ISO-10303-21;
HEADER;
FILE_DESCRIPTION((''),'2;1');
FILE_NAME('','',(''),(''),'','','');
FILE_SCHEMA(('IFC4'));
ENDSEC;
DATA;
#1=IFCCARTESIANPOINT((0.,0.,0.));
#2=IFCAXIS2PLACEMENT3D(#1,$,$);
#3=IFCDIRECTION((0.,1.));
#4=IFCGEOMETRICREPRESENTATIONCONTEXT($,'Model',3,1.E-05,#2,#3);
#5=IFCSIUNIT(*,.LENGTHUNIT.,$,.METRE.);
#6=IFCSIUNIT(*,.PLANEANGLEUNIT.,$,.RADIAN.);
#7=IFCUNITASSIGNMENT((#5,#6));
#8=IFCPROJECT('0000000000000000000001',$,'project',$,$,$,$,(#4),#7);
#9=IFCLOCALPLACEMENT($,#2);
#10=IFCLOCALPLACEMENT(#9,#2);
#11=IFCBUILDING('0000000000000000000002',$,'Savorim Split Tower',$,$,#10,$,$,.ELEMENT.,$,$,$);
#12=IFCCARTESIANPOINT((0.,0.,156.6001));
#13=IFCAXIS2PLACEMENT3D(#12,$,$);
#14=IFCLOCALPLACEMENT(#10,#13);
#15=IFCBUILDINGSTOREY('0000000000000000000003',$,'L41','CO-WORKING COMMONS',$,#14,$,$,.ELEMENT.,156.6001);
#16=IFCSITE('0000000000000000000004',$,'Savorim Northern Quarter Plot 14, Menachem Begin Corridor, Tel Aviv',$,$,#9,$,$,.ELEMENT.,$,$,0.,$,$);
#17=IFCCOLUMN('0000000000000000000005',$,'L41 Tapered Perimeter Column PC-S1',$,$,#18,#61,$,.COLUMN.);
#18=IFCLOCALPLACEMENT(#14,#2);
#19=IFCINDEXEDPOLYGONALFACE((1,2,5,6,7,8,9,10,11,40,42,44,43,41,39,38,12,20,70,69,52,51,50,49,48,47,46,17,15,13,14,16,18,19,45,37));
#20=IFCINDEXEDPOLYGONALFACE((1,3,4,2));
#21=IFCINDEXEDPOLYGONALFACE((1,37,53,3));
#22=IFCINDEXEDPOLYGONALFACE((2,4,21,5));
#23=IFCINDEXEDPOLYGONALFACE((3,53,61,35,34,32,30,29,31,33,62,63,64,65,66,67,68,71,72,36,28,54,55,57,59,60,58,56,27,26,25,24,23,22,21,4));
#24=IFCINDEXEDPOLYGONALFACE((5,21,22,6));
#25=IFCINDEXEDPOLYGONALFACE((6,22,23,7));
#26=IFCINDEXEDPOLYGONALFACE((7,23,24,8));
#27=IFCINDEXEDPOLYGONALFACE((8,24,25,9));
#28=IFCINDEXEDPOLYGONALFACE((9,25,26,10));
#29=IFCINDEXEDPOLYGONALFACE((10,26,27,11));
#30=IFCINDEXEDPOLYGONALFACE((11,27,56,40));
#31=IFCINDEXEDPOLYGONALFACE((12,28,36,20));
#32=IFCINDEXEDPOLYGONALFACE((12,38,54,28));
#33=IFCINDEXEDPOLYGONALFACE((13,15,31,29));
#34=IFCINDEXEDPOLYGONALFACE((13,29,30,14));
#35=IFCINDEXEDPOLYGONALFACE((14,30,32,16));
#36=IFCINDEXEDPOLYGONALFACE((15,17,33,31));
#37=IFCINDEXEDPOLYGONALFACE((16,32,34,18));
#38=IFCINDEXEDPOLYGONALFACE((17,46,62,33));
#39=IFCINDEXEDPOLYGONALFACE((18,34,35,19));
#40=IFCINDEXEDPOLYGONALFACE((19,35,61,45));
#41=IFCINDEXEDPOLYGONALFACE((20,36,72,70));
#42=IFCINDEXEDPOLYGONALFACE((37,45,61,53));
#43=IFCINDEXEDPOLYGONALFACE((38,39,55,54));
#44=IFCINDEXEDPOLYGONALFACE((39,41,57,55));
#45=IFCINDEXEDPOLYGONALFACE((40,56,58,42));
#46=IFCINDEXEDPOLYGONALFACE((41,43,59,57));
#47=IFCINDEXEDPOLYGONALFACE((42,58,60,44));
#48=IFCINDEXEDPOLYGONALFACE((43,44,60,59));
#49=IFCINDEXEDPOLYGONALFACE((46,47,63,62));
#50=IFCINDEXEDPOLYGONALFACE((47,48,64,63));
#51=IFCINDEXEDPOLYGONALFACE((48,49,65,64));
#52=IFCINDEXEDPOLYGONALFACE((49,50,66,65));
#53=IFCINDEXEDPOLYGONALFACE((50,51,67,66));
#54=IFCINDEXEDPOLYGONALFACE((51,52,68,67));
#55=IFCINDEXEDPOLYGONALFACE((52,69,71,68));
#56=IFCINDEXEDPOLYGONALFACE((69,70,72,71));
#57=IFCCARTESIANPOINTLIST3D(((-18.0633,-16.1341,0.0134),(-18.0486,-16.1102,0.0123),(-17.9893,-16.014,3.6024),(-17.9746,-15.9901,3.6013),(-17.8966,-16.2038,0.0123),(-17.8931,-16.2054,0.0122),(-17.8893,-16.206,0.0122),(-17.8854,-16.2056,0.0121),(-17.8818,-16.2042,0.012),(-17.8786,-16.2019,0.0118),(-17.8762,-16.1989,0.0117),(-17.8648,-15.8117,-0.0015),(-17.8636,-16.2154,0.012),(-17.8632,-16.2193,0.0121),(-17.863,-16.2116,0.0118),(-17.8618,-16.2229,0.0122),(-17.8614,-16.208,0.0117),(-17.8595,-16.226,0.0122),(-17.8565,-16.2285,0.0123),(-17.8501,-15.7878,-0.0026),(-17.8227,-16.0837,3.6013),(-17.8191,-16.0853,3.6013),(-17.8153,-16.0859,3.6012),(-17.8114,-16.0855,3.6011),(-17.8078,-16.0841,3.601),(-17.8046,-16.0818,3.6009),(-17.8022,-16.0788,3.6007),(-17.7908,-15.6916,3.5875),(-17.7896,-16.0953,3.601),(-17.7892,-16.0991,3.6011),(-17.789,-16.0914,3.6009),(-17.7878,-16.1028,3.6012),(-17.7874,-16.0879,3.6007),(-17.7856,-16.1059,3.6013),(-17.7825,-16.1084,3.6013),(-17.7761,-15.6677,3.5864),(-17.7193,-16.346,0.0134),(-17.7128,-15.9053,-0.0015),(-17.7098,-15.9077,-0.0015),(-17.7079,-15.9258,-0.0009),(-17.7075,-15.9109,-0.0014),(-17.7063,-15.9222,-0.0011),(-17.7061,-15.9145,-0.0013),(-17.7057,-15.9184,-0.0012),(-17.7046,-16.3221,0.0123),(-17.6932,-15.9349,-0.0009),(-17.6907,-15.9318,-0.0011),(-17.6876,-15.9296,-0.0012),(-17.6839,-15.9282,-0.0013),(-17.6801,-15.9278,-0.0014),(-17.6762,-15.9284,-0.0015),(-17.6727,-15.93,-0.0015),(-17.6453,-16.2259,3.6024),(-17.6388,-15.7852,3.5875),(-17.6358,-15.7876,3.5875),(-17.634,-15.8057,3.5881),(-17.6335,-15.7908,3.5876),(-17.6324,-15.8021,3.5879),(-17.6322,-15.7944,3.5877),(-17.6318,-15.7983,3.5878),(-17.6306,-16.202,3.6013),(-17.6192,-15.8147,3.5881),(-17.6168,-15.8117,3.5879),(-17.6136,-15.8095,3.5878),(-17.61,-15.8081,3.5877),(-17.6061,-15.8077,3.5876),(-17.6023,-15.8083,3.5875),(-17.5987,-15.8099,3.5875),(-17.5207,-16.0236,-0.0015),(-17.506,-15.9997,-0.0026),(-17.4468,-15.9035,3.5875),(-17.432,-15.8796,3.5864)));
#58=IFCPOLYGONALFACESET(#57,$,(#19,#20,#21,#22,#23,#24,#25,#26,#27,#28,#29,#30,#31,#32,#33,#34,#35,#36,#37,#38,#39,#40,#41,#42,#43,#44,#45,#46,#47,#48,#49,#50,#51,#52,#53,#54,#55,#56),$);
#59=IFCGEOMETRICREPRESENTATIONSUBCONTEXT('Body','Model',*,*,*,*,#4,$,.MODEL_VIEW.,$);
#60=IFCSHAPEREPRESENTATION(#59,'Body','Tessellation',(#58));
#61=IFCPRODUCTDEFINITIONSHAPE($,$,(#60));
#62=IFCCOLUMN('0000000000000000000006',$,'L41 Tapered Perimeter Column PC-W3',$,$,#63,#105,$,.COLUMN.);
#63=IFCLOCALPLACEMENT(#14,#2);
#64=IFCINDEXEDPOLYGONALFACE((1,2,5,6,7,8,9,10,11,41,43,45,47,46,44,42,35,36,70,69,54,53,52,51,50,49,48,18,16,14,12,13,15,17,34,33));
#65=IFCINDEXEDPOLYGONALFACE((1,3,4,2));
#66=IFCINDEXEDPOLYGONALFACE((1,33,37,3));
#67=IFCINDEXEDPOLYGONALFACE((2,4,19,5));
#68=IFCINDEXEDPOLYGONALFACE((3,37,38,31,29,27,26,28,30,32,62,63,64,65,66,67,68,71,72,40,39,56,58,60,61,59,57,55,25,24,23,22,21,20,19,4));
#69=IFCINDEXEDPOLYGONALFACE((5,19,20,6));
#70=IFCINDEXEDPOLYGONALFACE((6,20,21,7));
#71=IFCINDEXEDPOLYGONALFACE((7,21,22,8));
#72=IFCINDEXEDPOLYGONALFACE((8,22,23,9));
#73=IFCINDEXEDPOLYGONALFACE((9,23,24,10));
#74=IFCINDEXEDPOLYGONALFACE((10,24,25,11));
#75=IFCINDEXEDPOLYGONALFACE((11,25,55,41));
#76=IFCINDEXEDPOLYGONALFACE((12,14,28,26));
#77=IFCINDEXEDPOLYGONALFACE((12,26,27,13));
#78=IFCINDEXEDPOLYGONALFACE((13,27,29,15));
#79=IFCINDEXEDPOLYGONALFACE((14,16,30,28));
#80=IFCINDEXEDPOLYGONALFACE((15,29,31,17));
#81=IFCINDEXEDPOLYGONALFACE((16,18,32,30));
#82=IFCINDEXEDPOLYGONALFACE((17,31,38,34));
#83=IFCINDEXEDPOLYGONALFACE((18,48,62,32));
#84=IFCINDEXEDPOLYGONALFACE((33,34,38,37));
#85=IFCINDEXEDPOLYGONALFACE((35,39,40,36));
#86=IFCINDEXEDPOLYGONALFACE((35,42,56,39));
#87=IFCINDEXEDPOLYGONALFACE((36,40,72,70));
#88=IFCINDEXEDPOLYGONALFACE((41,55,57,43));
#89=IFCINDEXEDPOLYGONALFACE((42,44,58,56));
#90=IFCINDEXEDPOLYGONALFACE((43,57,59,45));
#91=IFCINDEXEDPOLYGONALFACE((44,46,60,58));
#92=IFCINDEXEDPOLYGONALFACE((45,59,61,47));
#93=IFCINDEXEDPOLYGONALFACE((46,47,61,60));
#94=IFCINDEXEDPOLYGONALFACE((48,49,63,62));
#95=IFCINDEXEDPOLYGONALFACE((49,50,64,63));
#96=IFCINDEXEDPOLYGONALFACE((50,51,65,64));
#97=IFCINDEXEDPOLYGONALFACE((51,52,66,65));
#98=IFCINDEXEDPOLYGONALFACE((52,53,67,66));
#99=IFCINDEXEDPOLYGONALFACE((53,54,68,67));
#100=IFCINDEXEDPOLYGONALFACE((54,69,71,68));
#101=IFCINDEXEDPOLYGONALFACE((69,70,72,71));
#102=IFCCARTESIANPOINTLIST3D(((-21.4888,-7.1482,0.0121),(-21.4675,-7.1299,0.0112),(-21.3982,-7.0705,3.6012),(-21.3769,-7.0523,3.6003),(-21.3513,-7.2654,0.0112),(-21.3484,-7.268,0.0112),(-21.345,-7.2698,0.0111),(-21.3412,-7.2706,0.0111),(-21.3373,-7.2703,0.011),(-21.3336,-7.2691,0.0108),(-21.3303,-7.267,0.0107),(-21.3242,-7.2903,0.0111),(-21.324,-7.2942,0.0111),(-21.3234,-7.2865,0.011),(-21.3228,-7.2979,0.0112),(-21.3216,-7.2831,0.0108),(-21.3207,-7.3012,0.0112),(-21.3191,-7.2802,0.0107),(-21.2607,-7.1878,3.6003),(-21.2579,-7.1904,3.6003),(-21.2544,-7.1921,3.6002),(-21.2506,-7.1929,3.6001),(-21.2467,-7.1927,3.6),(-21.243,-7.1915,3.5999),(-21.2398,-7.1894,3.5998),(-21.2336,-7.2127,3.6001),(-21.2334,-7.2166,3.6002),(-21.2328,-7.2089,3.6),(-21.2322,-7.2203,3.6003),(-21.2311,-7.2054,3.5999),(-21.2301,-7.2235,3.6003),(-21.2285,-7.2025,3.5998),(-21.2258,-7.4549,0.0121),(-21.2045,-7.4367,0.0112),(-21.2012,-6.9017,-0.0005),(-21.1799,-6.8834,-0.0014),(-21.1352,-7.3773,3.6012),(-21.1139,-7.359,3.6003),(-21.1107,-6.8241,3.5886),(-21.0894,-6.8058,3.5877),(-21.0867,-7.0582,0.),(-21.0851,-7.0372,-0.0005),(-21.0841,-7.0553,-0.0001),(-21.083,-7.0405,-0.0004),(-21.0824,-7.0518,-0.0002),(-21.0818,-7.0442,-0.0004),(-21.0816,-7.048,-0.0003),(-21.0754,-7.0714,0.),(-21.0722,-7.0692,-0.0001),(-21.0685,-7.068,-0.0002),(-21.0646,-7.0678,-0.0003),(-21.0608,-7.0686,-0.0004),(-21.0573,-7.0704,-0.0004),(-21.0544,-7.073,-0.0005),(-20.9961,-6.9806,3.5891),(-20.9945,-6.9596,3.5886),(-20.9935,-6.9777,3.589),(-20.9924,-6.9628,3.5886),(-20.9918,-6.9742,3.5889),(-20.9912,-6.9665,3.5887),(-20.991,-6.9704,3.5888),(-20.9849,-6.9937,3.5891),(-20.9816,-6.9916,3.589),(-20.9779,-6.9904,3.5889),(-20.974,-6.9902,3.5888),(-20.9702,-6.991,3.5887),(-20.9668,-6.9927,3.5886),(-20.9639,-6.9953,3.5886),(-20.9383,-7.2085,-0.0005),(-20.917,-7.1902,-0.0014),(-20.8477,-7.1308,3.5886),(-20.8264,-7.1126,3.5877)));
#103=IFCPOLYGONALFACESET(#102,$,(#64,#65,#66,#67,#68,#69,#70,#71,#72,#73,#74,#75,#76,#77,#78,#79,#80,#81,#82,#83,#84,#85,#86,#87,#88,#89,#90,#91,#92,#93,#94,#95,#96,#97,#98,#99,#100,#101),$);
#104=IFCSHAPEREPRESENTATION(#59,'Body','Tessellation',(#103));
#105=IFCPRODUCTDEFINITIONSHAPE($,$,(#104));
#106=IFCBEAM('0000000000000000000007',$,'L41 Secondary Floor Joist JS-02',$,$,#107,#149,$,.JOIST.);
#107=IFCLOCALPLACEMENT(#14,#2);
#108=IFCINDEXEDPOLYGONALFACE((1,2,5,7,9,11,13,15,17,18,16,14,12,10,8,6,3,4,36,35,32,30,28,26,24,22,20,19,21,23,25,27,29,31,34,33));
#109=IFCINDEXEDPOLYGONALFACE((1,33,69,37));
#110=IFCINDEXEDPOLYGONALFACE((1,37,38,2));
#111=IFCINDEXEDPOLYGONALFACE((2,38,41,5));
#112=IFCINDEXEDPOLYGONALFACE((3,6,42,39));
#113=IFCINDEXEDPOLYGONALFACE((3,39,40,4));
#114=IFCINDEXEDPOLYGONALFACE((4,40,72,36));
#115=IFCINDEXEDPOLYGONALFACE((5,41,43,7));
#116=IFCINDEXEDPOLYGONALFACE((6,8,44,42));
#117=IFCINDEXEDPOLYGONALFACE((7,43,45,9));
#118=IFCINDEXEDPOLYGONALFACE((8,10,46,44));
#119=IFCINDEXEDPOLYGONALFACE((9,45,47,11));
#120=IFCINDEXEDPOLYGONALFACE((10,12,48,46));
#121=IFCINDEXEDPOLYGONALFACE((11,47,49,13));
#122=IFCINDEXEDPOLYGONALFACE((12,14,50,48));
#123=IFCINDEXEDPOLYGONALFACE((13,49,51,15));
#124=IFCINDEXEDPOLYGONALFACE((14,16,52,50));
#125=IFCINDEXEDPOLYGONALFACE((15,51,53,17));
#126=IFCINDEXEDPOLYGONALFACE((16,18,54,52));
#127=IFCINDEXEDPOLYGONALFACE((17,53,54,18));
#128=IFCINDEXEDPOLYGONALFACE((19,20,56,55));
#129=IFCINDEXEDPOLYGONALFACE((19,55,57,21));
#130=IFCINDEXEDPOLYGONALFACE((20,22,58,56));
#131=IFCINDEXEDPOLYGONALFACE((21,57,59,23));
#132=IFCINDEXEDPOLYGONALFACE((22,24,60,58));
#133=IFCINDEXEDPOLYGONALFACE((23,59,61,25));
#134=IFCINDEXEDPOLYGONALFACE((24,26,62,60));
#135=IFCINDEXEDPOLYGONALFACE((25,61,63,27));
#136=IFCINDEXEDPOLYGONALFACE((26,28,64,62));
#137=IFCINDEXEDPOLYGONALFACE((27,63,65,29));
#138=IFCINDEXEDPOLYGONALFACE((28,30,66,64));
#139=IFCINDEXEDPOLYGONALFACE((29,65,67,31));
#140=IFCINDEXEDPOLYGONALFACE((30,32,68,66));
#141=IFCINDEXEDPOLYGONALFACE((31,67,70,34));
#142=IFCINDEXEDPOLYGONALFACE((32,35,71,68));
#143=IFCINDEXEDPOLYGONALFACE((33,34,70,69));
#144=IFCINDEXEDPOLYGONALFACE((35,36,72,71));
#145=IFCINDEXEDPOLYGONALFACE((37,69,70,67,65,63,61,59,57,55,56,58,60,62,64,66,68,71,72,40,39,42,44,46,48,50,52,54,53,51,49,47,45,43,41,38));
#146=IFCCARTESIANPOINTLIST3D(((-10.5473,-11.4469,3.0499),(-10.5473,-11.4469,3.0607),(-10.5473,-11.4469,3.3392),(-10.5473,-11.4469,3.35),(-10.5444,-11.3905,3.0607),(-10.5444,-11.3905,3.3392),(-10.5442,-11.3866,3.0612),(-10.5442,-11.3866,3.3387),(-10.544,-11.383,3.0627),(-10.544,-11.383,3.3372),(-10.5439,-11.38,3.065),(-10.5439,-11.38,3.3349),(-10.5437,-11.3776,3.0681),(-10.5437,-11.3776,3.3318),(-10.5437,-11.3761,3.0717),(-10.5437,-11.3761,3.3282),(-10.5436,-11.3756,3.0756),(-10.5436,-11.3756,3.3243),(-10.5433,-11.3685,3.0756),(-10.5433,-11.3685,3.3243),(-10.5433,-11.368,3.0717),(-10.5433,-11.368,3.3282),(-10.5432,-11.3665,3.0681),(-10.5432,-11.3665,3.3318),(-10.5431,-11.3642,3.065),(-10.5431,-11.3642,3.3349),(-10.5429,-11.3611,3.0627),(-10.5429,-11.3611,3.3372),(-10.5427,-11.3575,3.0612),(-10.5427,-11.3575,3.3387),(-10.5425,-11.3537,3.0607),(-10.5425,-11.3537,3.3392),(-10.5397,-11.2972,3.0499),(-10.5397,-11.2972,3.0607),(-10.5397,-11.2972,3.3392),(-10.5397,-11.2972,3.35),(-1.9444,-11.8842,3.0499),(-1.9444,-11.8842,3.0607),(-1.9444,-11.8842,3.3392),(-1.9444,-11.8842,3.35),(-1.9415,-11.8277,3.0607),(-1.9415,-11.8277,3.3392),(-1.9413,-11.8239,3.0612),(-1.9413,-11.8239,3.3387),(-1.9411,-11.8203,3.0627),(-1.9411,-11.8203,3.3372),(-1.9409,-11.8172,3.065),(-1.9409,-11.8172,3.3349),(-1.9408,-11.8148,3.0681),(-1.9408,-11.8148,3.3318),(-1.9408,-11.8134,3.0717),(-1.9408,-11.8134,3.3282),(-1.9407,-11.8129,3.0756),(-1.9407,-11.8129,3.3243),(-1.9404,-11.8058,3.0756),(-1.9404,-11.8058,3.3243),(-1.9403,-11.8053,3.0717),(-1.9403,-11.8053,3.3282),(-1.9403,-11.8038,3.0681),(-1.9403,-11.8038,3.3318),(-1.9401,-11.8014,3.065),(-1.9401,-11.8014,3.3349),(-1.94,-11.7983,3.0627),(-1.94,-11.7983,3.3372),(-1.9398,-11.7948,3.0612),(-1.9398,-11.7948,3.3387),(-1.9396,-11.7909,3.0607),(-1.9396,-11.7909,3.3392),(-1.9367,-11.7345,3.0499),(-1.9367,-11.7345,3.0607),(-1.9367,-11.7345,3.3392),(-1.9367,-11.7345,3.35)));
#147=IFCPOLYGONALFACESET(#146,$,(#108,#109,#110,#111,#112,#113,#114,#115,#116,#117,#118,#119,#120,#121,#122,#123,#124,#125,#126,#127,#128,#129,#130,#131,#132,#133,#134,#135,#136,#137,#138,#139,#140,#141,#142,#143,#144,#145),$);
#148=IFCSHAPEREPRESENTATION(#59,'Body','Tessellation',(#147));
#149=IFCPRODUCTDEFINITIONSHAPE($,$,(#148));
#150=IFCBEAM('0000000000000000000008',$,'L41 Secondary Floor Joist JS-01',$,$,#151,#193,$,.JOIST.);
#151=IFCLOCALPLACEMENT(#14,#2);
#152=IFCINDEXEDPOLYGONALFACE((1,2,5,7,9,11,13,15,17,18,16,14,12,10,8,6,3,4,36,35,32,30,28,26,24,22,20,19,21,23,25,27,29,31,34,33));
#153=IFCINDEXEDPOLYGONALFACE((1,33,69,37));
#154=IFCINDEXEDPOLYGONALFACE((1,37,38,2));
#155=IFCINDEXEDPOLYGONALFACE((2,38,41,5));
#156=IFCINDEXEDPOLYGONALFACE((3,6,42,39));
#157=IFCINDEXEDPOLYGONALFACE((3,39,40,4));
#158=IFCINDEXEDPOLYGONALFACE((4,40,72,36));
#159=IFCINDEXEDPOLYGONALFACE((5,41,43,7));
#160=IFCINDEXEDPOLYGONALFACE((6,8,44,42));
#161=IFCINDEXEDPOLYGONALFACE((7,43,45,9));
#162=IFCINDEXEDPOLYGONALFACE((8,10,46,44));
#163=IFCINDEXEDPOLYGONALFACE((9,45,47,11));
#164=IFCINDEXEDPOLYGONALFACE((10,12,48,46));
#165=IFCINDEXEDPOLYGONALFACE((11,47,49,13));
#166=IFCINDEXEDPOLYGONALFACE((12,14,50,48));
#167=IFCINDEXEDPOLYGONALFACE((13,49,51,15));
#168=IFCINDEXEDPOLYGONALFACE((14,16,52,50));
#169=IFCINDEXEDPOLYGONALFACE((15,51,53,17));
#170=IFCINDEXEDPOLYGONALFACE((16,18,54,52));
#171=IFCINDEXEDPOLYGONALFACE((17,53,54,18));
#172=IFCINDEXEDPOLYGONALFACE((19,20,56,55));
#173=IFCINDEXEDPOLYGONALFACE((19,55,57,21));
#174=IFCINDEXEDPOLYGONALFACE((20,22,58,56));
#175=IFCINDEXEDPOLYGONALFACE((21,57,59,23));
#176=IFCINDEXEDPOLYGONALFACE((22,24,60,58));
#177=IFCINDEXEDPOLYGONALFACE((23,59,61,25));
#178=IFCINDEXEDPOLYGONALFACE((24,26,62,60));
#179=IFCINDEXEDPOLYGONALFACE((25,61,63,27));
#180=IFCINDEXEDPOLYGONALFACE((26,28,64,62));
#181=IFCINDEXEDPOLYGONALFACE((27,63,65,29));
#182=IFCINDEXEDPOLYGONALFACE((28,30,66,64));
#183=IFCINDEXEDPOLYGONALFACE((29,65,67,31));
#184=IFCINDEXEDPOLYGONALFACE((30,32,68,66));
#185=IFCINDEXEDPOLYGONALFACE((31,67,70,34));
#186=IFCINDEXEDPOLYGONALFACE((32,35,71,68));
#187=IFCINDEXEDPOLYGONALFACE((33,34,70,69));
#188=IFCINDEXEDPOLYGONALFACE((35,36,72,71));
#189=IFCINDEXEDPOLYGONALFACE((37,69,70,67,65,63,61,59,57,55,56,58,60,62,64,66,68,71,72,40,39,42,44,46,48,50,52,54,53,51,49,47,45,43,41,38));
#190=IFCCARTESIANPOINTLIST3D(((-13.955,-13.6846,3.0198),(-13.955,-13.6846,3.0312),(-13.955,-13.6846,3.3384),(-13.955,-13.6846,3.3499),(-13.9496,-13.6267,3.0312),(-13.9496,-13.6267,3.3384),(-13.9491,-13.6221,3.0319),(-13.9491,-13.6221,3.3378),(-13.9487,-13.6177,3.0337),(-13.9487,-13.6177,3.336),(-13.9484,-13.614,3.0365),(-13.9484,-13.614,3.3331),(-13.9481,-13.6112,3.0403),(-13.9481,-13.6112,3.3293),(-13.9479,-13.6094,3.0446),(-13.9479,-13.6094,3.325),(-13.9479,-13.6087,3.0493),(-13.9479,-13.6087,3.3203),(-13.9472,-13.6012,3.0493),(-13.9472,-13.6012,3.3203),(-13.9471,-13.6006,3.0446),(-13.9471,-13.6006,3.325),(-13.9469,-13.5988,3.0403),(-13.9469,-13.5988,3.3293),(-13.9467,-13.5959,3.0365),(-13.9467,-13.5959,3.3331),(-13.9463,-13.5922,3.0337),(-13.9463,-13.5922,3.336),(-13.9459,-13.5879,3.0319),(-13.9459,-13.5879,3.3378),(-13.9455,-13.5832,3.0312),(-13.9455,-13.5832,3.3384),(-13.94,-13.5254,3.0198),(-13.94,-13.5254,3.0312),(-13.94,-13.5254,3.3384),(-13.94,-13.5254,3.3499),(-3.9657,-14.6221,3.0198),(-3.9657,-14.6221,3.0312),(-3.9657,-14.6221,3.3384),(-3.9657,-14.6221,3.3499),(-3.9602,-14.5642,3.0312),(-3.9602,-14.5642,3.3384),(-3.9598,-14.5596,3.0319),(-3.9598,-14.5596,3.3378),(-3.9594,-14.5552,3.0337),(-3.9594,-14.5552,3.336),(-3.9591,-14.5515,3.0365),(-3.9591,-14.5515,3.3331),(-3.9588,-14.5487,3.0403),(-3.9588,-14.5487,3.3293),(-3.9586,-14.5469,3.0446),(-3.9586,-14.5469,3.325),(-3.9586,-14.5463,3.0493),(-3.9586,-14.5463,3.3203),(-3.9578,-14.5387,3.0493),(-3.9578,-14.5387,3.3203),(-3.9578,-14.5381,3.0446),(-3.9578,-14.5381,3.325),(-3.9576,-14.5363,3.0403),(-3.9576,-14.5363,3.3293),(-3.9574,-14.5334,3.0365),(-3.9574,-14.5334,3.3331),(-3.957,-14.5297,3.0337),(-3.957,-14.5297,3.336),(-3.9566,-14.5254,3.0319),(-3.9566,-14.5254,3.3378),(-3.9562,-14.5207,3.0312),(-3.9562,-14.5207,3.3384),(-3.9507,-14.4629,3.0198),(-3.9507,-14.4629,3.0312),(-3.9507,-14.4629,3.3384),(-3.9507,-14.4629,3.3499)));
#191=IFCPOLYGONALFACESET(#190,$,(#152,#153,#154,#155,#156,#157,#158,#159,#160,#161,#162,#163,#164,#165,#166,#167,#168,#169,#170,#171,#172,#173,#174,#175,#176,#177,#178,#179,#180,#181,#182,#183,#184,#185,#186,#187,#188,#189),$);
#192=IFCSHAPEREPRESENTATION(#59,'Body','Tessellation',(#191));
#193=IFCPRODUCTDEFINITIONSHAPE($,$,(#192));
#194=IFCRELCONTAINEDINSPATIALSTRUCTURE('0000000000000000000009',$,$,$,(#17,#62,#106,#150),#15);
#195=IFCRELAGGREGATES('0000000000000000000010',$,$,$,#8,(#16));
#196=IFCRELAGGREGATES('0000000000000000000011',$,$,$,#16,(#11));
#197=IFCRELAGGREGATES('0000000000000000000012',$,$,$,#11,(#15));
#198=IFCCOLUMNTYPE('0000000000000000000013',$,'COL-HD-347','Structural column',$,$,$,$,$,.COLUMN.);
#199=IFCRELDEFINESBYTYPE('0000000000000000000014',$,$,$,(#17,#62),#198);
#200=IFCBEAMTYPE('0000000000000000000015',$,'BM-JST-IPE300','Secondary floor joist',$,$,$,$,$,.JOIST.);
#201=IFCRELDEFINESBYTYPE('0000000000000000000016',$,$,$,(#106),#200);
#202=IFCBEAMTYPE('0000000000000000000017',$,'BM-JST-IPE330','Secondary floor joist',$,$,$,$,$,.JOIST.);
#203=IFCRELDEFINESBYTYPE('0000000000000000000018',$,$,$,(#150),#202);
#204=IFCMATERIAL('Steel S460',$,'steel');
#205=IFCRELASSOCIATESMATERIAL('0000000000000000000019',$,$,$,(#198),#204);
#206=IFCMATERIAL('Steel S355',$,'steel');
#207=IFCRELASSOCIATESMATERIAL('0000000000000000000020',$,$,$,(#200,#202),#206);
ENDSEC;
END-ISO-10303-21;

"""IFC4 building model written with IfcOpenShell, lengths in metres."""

from ifc_helpers import new_model, si_unit, direction, frame, origin, origin_2d, place, context, subcontext, project, spatial, i_section, extrude, material, material_profile, profile_set, type_object, element, save


model = new_model("IFC4")

# Units and contexts
model_context = context("Model", 3, precision=1e-05, world=origin(), true_north=direction((0.0, 1.0)))
body_context = subcontext(model_context, "Body", "Model", "MODEL_VIEW")
ifc_project = project(units=[si_unit("LENGTHUNIT", "METRE"), si_unit("PLANEANGLEUNIT", "RADIAN")], contexts=[model_context])

# Site, building, storey
site_placement = place(None, origin())
site = spatial("IfcSite", under=ifc_project, at=site_placement, Name="Savorim Northern Quarter Plot 14, Menachem Begin Corridor, Tel Aviv", CompositionType="ELEMENT", RefElevation=0.0)
building_placement = place(site_placement, origin())
building = spatial("IfcBuilding", under=site, at=building_placement, Name="Savorim Split Tower", CompositionType="ELEMENT")
storey_placement = place(building_placement, frame((0.0, 0.0, 156.6001)))
storey = spatial("IfcBuildingStorey", under=building, at=storey_placement, Name="L41", Description="CO-WORKING COMMONS", CompositionType="ELEMENT", Elevation=156.6001)

# Columns
ifc_material_1 = material(Name="Steel S460", Category="steel")
ifc_material_profile_1 = material_profile(ifc_material_1, i_section(OverallWidth=0.4041, OverallDepth=0.407, WebThickness=0.0173, FlangeThickness=0.0281, FilletRadius=0.0149, at=origin_2d()), Name="HD 400x347")
ifc_profile_set_1 = profile_set([ifc_material_profile_1], Name="Steel S460")
column_type = type_object("IfcColumnType", Name="COL-HD-347", Description="Structural column", PredefinedType="COLUMN", material=ifc_profile_set_1)
column_1_placement = place(storey_placement, frame((-17.7847, -16.0669, 0.0054), z_axis=(0.020595, 0.033441, 0.999228), x_axis=(-0.85148, 0.524387, 0.0)))
element("IfcColumn", 1, at=column_1_placement, inside=storey, type_object=column_type, Name="L41 Tapered Perimeter Column PC-S1", PredefinedType="COLUMN", context=body_context, shape_type="SweptSolid", body=[
    extrude(i_section(OverallWidth=0.4041, OverallDepth=0.407, WebThickness=0.0173, FlangeThickness=0.0281, FilletRadius=0.0149, at=origin_2d()), origin(), (0.0, 0.0, 1.0), 3.5918),
])
column_2_placement = place(storey_placement, frame((-21.2029, -7.1692, 0.0054), z_axis=(0.025222, 0.021619, 0.999448), x_axis=(-0.650791, 0.759257, 0.0)))
element("IfcColumn", 2, at=column_2_placement, inside=storey, type_object=column_type, Name="L41 Tapered Perimeter Column PC-W3", PredefinedType="COLUMN", context=body_context, shape_type="SweptSolid", body=[
    extrude(i_section(OverallWidth=0.4041, OverallDepth=0.407, WebThickness=0.0173, FlangeThickness=0.0281, FilletRadius=0.0149, at=origin_2d()), origin(), (0.0, 0.0, 1.0), 3.5911),
])

# Beams
ifc_material_2 = material(Name="Steel S355", Category="steel")
ifc_material_profile_2 = material_profile(ifc_material_2, i_section(OverallWidth=0.1499, OverallDepth=0.3, WebThickness=0.0071, FlangeThickness=0.0107, FilletRadius=0.0149, at=origin_2d()), Name="IPE 300")
ifc_profile_set_2 = profile_set([ifc_material_profile_2], Name="Steel S355")
beam_type_1 = type_object("IfcBeamType", Name="BM-JST-IPE300", Description="Secondary floor joist", PredefinedType="JOIST", material=ifc_profile_set_2)
beam_1_placement = place(storey_placement, frame((-10.5435, -11.3721, 3.2), z_axis=(0.998711, -0.05076, 0.0), x_axis=(0.05076, 0.998711, 0.0)))
element("IfcBeam", 3, at=beam_1_placement, inside=storey, type_object=beam_type_1, Name="L41 Secondary Floor Joist JS-02", PredefinedType="JOIST", context=body_context, shape_type="SweptSolid", body=[
    extrude(i_section(OverallWidth=0.1499, OverallDepth=0.3, WebThickness=0.0071, FlangeThickness=0.0107, FilletRadius=0.0149, at=origin_2d()), origin(), (0.0, 0.0, 1.0), 8.614),
])
ifc_material_profile_3 = material_profile(ifc_material_2, i_section(OverallWidth=0.1599, OverallDepth=0.3301, WebThickness=0.0076, FlangeThickness=0.0115, FilletRadius=0.0181, at=origin_2d()), Name="IPE 330")
ifc_profile_set_3 = profile_set([ifc_material_profile_3], Name="Steel S355")
beam_type_2 = type_object("IfcBeamType", Name="BM-JST-IPE330", Description="Secondary floor joist", PredefinedType="JOIST", material=ifc_profile_set_3)
beam_2_placement = place(storey_placement, frame((-13.9475, -13.605, 3.1848), z_axis=(0.995625, -0.09344, 0.0), x_axis=(0.09344, 0.995625, 0.0)))
element("IfcBeam", 4, at=beam_2_placement, inside=storey, type_object=beam_type_2, Name="L41 Secondary Floor Joist JS-01", PredefinedType="JOIST", context=body_context, shape_type="SweptSolid", body=[
    extrude(i_section(OverallWidth=0.1599, OverallDepth=0.3301, WebThickness=0.0076, FlangeThickness=0.0115, FilletRadius=0.0181, at=origin_2d()), origin(), (0.0, 0.0, 1.0), 10.0332),
])

save(model, "model.ifc")
